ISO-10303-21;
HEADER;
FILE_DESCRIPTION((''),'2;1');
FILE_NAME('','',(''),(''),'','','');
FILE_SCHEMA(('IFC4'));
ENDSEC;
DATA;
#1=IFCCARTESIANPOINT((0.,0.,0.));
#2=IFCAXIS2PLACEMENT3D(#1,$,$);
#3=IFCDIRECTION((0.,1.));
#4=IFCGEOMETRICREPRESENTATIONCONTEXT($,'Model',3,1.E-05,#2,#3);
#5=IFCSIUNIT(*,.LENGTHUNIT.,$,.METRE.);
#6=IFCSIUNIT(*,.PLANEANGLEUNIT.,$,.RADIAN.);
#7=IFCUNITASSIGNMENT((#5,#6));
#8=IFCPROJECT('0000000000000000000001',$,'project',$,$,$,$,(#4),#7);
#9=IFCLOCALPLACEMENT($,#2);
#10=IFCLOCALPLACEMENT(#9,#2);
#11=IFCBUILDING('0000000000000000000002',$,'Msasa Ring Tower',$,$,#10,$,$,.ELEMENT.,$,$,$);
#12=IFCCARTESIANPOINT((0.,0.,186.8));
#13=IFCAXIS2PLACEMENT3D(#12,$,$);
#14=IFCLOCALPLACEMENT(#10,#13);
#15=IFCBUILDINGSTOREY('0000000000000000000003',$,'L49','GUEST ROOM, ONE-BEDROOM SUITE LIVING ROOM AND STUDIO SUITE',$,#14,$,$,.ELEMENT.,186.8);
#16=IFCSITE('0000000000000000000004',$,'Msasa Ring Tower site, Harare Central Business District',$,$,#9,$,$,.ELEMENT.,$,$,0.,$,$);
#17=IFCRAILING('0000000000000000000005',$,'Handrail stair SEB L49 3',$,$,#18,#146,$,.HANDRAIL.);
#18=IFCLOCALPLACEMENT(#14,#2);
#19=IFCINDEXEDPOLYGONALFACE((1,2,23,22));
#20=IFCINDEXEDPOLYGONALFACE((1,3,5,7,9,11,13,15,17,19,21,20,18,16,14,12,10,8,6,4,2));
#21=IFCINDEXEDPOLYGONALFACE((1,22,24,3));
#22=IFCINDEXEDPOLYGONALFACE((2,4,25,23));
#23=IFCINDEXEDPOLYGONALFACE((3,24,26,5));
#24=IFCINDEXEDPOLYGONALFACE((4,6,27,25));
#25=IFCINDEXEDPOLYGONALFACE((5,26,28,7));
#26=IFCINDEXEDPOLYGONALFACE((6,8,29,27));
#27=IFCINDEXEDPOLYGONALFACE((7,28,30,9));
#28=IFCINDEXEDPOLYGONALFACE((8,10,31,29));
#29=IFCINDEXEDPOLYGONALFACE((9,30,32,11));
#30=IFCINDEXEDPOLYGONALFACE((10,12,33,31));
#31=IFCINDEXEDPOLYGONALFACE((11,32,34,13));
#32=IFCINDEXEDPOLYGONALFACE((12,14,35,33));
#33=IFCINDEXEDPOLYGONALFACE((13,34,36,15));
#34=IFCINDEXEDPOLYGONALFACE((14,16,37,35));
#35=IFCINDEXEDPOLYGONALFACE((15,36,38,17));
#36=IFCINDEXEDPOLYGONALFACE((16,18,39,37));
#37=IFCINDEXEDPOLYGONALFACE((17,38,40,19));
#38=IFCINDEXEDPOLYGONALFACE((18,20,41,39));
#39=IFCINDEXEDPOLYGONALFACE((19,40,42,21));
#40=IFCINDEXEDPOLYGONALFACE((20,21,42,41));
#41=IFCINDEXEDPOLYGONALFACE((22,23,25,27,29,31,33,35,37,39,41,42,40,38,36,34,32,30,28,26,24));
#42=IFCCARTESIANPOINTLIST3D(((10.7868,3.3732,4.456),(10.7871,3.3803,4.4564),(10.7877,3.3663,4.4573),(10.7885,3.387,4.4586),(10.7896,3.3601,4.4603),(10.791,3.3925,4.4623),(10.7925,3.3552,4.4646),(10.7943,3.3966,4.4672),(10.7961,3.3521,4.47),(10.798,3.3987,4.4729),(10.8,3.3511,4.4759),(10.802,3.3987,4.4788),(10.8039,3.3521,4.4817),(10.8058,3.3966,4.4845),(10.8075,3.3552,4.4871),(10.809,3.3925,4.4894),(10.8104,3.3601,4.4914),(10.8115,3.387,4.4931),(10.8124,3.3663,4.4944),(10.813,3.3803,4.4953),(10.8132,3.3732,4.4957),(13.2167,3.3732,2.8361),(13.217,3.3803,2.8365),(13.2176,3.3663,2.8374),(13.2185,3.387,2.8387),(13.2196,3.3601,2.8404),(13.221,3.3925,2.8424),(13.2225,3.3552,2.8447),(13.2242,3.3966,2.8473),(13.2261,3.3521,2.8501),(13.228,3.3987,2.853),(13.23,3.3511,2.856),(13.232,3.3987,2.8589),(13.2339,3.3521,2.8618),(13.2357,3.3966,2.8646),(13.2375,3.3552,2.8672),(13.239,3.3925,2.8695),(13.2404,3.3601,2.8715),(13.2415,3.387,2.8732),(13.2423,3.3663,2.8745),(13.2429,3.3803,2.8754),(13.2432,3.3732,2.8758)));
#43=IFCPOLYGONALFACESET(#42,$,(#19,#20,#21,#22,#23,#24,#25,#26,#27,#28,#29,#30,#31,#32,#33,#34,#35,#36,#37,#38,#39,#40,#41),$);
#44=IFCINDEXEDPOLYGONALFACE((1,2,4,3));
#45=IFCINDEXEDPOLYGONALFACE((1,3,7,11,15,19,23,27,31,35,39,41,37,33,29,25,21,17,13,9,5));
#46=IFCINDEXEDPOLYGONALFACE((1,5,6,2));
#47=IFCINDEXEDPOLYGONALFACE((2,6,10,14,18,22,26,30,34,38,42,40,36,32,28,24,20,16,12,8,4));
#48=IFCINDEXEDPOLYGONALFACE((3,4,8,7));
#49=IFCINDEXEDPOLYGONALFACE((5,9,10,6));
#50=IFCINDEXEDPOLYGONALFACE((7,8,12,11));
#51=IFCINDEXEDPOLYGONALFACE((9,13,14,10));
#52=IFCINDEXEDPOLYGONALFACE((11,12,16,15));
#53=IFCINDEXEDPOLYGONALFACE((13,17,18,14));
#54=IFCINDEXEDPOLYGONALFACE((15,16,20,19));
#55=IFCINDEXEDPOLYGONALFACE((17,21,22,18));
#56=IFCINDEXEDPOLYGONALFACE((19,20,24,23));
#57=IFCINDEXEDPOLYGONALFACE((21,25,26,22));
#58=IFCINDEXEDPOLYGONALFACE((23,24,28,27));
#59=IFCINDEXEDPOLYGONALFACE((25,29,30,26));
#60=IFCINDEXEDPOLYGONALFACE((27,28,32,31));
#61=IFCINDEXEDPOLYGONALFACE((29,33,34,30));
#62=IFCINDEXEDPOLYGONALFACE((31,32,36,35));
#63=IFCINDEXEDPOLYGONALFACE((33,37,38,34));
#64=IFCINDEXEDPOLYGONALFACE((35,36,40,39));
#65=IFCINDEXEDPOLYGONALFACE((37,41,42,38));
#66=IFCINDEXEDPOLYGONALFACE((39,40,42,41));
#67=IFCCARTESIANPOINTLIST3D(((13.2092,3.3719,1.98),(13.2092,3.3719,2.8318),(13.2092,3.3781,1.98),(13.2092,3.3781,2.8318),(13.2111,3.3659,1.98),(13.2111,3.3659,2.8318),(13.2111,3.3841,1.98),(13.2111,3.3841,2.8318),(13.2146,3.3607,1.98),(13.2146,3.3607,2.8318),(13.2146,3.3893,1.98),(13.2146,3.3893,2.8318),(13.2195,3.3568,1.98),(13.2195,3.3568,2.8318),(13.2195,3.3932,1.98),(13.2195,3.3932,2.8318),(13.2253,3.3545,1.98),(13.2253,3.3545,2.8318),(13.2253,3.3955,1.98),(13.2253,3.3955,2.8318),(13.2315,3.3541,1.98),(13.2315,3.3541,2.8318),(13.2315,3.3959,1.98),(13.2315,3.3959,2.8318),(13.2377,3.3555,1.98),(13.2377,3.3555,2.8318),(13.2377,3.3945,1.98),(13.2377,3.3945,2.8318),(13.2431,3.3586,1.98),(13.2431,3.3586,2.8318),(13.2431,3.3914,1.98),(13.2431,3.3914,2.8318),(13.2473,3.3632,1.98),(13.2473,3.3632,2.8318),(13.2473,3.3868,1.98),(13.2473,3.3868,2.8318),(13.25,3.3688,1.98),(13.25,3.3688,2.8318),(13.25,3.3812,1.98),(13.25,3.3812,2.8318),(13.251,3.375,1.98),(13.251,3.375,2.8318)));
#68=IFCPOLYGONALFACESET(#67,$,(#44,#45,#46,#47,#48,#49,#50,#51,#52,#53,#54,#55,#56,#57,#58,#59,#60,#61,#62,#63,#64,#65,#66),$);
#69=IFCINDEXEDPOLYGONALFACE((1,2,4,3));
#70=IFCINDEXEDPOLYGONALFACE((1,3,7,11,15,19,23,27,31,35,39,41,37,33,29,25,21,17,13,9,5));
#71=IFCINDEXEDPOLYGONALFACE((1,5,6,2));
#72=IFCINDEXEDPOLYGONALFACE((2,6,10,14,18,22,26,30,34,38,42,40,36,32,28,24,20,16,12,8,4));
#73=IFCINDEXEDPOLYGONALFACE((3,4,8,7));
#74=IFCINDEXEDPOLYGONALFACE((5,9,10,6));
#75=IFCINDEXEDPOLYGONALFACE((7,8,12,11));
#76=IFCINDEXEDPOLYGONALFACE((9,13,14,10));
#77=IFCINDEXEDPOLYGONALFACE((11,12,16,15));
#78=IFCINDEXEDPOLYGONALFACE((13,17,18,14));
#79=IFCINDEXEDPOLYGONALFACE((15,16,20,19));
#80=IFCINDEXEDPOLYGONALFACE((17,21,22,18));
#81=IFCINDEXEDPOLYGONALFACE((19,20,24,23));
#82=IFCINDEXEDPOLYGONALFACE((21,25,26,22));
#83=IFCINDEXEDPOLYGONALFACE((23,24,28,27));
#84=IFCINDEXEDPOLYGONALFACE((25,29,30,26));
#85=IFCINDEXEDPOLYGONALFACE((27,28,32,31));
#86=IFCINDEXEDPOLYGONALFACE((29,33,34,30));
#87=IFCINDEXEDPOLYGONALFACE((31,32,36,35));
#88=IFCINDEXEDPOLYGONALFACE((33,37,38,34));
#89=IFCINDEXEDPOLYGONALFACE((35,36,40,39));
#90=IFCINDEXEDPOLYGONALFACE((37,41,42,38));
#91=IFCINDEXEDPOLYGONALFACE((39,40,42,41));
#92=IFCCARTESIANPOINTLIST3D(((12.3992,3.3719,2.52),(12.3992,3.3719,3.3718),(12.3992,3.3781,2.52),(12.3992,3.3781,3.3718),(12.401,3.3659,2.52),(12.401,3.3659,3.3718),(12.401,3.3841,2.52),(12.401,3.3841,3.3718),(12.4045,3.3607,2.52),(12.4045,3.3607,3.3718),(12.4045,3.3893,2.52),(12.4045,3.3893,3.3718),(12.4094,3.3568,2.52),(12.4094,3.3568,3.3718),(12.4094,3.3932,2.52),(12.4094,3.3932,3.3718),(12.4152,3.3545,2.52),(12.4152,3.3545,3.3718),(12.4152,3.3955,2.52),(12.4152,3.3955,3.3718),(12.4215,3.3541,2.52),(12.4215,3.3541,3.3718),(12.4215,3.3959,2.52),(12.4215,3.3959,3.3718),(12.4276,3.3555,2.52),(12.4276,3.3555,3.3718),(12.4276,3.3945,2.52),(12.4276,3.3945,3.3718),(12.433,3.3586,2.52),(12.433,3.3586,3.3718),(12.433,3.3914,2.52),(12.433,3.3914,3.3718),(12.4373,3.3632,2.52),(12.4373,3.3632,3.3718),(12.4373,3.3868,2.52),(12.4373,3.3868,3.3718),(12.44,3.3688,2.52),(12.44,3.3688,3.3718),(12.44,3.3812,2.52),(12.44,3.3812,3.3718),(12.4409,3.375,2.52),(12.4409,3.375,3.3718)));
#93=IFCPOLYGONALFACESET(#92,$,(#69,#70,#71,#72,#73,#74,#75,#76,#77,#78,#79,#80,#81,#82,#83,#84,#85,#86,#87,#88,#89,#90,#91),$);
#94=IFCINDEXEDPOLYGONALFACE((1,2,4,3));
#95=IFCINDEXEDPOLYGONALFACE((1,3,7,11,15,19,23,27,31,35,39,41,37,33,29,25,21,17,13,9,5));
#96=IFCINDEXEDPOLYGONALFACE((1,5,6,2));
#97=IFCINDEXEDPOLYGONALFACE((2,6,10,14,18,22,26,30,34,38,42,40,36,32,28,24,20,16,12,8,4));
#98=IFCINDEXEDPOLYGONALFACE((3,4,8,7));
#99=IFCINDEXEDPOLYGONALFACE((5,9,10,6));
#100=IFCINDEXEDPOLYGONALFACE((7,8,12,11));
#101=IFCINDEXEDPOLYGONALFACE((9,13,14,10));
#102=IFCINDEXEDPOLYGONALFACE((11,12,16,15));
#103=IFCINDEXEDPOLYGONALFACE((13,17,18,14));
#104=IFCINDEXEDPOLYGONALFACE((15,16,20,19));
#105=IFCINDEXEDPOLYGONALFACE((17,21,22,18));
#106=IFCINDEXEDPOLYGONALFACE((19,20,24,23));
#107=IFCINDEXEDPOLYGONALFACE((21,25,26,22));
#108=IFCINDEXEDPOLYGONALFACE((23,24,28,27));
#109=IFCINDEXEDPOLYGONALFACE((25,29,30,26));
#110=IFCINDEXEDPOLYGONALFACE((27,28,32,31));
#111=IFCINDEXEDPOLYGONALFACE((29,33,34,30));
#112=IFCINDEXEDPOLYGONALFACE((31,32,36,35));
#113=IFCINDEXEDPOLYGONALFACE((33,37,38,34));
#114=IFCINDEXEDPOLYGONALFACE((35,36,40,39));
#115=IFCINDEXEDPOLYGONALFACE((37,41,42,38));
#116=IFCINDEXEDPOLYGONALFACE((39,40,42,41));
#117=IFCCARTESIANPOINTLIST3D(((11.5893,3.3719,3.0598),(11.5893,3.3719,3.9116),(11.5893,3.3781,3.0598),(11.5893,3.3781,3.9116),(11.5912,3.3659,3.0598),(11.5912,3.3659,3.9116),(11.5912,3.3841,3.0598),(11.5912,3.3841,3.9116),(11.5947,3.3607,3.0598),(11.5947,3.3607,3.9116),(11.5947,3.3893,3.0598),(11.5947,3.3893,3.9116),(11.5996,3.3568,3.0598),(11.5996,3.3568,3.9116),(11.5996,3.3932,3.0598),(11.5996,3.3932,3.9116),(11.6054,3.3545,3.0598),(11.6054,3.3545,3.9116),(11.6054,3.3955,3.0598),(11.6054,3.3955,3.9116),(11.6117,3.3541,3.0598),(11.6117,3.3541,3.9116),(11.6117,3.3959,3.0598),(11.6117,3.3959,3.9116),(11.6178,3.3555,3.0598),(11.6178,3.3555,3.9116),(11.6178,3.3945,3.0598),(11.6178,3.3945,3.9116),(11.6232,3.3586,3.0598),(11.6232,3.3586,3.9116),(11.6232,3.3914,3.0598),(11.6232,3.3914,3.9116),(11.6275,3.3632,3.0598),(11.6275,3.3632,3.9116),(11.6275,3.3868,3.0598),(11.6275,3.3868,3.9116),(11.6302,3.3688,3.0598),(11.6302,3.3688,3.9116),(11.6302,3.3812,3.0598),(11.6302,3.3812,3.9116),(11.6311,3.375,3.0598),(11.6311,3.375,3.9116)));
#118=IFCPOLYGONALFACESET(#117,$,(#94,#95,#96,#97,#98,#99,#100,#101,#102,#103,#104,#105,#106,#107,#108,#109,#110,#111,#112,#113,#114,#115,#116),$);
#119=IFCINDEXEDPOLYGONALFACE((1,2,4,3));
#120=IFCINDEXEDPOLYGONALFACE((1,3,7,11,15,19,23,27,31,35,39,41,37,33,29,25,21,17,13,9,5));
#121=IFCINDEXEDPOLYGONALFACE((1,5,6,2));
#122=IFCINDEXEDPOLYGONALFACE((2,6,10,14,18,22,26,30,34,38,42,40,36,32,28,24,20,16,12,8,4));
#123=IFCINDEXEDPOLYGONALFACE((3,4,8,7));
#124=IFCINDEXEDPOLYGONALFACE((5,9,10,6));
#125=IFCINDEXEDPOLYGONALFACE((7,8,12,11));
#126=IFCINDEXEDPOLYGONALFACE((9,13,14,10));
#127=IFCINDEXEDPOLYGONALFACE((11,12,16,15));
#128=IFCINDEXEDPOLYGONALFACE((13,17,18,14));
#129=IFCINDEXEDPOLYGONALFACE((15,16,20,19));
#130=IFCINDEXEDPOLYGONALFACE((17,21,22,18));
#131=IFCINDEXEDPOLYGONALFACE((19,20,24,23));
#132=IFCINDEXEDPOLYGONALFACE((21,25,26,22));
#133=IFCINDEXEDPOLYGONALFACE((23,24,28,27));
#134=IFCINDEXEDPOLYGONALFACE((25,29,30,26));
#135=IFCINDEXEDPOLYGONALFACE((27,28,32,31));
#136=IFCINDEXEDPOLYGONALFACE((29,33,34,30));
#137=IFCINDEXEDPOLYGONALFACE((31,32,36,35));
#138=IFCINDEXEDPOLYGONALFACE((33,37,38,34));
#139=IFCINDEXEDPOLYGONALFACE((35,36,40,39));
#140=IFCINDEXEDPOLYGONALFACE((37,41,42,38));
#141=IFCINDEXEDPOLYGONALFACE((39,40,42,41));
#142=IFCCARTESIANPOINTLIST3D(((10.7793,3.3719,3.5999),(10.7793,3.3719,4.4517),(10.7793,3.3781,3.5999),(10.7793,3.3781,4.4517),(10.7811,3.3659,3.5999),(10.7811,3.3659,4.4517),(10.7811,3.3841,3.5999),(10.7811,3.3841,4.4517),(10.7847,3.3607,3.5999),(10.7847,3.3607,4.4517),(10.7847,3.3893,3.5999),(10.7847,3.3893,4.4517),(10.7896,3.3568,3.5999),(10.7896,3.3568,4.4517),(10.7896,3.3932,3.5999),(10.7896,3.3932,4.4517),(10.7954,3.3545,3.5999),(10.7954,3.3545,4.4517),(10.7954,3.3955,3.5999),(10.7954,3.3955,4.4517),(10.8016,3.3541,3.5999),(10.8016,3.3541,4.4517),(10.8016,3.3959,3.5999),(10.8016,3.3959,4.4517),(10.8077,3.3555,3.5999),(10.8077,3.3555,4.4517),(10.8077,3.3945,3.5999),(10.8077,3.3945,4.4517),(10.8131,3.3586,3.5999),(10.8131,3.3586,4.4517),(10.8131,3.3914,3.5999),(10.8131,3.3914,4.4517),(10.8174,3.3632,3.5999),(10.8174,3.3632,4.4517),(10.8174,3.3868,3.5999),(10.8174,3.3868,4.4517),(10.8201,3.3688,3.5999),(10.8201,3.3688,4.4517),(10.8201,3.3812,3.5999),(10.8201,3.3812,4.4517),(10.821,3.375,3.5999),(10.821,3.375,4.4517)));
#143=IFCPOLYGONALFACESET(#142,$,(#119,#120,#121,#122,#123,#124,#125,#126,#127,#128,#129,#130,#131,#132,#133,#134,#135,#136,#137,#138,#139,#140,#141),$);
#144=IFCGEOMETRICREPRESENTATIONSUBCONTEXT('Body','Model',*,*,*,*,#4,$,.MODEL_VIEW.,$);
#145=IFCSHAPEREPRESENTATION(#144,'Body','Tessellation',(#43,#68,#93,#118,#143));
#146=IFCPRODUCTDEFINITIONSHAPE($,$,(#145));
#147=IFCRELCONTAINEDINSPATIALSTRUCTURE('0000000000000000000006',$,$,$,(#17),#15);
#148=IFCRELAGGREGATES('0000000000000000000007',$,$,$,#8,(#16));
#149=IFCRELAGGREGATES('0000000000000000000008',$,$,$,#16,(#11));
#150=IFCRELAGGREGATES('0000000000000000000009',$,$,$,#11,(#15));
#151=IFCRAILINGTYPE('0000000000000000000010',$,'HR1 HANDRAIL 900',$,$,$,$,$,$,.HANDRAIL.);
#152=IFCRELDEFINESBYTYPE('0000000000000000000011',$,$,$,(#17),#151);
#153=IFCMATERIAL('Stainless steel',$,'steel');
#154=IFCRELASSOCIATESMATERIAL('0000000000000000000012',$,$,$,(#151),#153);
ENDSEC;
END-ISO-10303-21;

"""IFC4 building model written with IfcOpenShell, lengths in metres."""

from ifc_helpers import new_model, si_unit, direction, frame, origin, origin_2d, place, context, subcontext, project, spatial, circle, extrude, material, type_object, element, save


model = new_model("IFC4")

# Units and contexts
model_context = context("Model", 3, precision=1e-05, world=origin(), true_north=direction((0.0, 1.0)))
body_context = subcontext(model_context, "Body", "Model", "MODEL_VIEW")
ifc_project = project(units=[si_unit("LENGTHUNIT", "METRE"), si_unit("PLANEANGLEUNIT", "RADIAN")], contexts=[model_context])

# Site, building, storey
site_placement = place(None, origin())
site = spatial("IfcSite", under=ifc_project, at=site_placement, Name="Msasa Ring Tower site, Harare Central Business District", CompositionType="ELEMENT", RefElevation=0.0)
building_placement = place(site_placement, origin())
building = spatial("IfcBuilding", under=site, at=building_placement, Name="Msasa Ring Tower", CompositionType="ELEMENT")
storey_placement = place(building_placement, frame((0.0, 0.0, 186.8)))
storey = spatial("IfcBuildingStorey", under=building, at=storey_placement, Name="L49", Description="GUEST ROOM, ONE-BEDROOM SUITE LIVING ROOM AND STUDIO SUITE", CompositionType="ELEMENT", Elevation=186.8)

# Railing
ifc_material_1 = material(Name="Stainless steel", Category="steel")
railing_type = type_object("IfcRailingType", Name="HR1 HANDRAIL 900", PredefinedType="HANDRAIL", material=ifc_material_1)
for number, where, name in (
    (1, (13.23, 3.375, 1.98), "Handrail stair SEB L49 3"),
):
    element("IfcRailing", number, at=place(storey_placement, frame(where)), inside=storey, type_object=railing_type, Name=name, PredefinedType="HANDRAIL", context=body_context, shape_type="SweptSolid", body=[
        extrude(circle(Radius=0.0239, at=origin_2d()), frame((0.0, 0.0, 0.876), z_axis=(-0.832063, 0.0, 0.554681), x_axis=(0.0, -1.0, 0.0)), (0.0, 0.0, 1.0), 2.9204),
        extrude(circle(Radius=0.021, at=origin_2d()), origin(), (0.0, 0.0, 1.0), 0.8518),
        extrude(circle(Radius=0.021, at=origin_2d()), frame((-0.8101, 0.0, 0.54)), (0.0, 0.0, 1.0), 0.8518),
        extrude(circle(Radius=0.021, at=origin_2d()), frame((-1.6199, 0.0, 1.0798)), (0.0, 0.0, 1.0), 0.8518),
        extrude(circle(Radius=0.021, at=origin_2d()), frame((-2.4299, 0.0, 1.6199)), (0.0, 0.0, 1.0), 0.8518),
    ])

save(model, "model.ifc")
